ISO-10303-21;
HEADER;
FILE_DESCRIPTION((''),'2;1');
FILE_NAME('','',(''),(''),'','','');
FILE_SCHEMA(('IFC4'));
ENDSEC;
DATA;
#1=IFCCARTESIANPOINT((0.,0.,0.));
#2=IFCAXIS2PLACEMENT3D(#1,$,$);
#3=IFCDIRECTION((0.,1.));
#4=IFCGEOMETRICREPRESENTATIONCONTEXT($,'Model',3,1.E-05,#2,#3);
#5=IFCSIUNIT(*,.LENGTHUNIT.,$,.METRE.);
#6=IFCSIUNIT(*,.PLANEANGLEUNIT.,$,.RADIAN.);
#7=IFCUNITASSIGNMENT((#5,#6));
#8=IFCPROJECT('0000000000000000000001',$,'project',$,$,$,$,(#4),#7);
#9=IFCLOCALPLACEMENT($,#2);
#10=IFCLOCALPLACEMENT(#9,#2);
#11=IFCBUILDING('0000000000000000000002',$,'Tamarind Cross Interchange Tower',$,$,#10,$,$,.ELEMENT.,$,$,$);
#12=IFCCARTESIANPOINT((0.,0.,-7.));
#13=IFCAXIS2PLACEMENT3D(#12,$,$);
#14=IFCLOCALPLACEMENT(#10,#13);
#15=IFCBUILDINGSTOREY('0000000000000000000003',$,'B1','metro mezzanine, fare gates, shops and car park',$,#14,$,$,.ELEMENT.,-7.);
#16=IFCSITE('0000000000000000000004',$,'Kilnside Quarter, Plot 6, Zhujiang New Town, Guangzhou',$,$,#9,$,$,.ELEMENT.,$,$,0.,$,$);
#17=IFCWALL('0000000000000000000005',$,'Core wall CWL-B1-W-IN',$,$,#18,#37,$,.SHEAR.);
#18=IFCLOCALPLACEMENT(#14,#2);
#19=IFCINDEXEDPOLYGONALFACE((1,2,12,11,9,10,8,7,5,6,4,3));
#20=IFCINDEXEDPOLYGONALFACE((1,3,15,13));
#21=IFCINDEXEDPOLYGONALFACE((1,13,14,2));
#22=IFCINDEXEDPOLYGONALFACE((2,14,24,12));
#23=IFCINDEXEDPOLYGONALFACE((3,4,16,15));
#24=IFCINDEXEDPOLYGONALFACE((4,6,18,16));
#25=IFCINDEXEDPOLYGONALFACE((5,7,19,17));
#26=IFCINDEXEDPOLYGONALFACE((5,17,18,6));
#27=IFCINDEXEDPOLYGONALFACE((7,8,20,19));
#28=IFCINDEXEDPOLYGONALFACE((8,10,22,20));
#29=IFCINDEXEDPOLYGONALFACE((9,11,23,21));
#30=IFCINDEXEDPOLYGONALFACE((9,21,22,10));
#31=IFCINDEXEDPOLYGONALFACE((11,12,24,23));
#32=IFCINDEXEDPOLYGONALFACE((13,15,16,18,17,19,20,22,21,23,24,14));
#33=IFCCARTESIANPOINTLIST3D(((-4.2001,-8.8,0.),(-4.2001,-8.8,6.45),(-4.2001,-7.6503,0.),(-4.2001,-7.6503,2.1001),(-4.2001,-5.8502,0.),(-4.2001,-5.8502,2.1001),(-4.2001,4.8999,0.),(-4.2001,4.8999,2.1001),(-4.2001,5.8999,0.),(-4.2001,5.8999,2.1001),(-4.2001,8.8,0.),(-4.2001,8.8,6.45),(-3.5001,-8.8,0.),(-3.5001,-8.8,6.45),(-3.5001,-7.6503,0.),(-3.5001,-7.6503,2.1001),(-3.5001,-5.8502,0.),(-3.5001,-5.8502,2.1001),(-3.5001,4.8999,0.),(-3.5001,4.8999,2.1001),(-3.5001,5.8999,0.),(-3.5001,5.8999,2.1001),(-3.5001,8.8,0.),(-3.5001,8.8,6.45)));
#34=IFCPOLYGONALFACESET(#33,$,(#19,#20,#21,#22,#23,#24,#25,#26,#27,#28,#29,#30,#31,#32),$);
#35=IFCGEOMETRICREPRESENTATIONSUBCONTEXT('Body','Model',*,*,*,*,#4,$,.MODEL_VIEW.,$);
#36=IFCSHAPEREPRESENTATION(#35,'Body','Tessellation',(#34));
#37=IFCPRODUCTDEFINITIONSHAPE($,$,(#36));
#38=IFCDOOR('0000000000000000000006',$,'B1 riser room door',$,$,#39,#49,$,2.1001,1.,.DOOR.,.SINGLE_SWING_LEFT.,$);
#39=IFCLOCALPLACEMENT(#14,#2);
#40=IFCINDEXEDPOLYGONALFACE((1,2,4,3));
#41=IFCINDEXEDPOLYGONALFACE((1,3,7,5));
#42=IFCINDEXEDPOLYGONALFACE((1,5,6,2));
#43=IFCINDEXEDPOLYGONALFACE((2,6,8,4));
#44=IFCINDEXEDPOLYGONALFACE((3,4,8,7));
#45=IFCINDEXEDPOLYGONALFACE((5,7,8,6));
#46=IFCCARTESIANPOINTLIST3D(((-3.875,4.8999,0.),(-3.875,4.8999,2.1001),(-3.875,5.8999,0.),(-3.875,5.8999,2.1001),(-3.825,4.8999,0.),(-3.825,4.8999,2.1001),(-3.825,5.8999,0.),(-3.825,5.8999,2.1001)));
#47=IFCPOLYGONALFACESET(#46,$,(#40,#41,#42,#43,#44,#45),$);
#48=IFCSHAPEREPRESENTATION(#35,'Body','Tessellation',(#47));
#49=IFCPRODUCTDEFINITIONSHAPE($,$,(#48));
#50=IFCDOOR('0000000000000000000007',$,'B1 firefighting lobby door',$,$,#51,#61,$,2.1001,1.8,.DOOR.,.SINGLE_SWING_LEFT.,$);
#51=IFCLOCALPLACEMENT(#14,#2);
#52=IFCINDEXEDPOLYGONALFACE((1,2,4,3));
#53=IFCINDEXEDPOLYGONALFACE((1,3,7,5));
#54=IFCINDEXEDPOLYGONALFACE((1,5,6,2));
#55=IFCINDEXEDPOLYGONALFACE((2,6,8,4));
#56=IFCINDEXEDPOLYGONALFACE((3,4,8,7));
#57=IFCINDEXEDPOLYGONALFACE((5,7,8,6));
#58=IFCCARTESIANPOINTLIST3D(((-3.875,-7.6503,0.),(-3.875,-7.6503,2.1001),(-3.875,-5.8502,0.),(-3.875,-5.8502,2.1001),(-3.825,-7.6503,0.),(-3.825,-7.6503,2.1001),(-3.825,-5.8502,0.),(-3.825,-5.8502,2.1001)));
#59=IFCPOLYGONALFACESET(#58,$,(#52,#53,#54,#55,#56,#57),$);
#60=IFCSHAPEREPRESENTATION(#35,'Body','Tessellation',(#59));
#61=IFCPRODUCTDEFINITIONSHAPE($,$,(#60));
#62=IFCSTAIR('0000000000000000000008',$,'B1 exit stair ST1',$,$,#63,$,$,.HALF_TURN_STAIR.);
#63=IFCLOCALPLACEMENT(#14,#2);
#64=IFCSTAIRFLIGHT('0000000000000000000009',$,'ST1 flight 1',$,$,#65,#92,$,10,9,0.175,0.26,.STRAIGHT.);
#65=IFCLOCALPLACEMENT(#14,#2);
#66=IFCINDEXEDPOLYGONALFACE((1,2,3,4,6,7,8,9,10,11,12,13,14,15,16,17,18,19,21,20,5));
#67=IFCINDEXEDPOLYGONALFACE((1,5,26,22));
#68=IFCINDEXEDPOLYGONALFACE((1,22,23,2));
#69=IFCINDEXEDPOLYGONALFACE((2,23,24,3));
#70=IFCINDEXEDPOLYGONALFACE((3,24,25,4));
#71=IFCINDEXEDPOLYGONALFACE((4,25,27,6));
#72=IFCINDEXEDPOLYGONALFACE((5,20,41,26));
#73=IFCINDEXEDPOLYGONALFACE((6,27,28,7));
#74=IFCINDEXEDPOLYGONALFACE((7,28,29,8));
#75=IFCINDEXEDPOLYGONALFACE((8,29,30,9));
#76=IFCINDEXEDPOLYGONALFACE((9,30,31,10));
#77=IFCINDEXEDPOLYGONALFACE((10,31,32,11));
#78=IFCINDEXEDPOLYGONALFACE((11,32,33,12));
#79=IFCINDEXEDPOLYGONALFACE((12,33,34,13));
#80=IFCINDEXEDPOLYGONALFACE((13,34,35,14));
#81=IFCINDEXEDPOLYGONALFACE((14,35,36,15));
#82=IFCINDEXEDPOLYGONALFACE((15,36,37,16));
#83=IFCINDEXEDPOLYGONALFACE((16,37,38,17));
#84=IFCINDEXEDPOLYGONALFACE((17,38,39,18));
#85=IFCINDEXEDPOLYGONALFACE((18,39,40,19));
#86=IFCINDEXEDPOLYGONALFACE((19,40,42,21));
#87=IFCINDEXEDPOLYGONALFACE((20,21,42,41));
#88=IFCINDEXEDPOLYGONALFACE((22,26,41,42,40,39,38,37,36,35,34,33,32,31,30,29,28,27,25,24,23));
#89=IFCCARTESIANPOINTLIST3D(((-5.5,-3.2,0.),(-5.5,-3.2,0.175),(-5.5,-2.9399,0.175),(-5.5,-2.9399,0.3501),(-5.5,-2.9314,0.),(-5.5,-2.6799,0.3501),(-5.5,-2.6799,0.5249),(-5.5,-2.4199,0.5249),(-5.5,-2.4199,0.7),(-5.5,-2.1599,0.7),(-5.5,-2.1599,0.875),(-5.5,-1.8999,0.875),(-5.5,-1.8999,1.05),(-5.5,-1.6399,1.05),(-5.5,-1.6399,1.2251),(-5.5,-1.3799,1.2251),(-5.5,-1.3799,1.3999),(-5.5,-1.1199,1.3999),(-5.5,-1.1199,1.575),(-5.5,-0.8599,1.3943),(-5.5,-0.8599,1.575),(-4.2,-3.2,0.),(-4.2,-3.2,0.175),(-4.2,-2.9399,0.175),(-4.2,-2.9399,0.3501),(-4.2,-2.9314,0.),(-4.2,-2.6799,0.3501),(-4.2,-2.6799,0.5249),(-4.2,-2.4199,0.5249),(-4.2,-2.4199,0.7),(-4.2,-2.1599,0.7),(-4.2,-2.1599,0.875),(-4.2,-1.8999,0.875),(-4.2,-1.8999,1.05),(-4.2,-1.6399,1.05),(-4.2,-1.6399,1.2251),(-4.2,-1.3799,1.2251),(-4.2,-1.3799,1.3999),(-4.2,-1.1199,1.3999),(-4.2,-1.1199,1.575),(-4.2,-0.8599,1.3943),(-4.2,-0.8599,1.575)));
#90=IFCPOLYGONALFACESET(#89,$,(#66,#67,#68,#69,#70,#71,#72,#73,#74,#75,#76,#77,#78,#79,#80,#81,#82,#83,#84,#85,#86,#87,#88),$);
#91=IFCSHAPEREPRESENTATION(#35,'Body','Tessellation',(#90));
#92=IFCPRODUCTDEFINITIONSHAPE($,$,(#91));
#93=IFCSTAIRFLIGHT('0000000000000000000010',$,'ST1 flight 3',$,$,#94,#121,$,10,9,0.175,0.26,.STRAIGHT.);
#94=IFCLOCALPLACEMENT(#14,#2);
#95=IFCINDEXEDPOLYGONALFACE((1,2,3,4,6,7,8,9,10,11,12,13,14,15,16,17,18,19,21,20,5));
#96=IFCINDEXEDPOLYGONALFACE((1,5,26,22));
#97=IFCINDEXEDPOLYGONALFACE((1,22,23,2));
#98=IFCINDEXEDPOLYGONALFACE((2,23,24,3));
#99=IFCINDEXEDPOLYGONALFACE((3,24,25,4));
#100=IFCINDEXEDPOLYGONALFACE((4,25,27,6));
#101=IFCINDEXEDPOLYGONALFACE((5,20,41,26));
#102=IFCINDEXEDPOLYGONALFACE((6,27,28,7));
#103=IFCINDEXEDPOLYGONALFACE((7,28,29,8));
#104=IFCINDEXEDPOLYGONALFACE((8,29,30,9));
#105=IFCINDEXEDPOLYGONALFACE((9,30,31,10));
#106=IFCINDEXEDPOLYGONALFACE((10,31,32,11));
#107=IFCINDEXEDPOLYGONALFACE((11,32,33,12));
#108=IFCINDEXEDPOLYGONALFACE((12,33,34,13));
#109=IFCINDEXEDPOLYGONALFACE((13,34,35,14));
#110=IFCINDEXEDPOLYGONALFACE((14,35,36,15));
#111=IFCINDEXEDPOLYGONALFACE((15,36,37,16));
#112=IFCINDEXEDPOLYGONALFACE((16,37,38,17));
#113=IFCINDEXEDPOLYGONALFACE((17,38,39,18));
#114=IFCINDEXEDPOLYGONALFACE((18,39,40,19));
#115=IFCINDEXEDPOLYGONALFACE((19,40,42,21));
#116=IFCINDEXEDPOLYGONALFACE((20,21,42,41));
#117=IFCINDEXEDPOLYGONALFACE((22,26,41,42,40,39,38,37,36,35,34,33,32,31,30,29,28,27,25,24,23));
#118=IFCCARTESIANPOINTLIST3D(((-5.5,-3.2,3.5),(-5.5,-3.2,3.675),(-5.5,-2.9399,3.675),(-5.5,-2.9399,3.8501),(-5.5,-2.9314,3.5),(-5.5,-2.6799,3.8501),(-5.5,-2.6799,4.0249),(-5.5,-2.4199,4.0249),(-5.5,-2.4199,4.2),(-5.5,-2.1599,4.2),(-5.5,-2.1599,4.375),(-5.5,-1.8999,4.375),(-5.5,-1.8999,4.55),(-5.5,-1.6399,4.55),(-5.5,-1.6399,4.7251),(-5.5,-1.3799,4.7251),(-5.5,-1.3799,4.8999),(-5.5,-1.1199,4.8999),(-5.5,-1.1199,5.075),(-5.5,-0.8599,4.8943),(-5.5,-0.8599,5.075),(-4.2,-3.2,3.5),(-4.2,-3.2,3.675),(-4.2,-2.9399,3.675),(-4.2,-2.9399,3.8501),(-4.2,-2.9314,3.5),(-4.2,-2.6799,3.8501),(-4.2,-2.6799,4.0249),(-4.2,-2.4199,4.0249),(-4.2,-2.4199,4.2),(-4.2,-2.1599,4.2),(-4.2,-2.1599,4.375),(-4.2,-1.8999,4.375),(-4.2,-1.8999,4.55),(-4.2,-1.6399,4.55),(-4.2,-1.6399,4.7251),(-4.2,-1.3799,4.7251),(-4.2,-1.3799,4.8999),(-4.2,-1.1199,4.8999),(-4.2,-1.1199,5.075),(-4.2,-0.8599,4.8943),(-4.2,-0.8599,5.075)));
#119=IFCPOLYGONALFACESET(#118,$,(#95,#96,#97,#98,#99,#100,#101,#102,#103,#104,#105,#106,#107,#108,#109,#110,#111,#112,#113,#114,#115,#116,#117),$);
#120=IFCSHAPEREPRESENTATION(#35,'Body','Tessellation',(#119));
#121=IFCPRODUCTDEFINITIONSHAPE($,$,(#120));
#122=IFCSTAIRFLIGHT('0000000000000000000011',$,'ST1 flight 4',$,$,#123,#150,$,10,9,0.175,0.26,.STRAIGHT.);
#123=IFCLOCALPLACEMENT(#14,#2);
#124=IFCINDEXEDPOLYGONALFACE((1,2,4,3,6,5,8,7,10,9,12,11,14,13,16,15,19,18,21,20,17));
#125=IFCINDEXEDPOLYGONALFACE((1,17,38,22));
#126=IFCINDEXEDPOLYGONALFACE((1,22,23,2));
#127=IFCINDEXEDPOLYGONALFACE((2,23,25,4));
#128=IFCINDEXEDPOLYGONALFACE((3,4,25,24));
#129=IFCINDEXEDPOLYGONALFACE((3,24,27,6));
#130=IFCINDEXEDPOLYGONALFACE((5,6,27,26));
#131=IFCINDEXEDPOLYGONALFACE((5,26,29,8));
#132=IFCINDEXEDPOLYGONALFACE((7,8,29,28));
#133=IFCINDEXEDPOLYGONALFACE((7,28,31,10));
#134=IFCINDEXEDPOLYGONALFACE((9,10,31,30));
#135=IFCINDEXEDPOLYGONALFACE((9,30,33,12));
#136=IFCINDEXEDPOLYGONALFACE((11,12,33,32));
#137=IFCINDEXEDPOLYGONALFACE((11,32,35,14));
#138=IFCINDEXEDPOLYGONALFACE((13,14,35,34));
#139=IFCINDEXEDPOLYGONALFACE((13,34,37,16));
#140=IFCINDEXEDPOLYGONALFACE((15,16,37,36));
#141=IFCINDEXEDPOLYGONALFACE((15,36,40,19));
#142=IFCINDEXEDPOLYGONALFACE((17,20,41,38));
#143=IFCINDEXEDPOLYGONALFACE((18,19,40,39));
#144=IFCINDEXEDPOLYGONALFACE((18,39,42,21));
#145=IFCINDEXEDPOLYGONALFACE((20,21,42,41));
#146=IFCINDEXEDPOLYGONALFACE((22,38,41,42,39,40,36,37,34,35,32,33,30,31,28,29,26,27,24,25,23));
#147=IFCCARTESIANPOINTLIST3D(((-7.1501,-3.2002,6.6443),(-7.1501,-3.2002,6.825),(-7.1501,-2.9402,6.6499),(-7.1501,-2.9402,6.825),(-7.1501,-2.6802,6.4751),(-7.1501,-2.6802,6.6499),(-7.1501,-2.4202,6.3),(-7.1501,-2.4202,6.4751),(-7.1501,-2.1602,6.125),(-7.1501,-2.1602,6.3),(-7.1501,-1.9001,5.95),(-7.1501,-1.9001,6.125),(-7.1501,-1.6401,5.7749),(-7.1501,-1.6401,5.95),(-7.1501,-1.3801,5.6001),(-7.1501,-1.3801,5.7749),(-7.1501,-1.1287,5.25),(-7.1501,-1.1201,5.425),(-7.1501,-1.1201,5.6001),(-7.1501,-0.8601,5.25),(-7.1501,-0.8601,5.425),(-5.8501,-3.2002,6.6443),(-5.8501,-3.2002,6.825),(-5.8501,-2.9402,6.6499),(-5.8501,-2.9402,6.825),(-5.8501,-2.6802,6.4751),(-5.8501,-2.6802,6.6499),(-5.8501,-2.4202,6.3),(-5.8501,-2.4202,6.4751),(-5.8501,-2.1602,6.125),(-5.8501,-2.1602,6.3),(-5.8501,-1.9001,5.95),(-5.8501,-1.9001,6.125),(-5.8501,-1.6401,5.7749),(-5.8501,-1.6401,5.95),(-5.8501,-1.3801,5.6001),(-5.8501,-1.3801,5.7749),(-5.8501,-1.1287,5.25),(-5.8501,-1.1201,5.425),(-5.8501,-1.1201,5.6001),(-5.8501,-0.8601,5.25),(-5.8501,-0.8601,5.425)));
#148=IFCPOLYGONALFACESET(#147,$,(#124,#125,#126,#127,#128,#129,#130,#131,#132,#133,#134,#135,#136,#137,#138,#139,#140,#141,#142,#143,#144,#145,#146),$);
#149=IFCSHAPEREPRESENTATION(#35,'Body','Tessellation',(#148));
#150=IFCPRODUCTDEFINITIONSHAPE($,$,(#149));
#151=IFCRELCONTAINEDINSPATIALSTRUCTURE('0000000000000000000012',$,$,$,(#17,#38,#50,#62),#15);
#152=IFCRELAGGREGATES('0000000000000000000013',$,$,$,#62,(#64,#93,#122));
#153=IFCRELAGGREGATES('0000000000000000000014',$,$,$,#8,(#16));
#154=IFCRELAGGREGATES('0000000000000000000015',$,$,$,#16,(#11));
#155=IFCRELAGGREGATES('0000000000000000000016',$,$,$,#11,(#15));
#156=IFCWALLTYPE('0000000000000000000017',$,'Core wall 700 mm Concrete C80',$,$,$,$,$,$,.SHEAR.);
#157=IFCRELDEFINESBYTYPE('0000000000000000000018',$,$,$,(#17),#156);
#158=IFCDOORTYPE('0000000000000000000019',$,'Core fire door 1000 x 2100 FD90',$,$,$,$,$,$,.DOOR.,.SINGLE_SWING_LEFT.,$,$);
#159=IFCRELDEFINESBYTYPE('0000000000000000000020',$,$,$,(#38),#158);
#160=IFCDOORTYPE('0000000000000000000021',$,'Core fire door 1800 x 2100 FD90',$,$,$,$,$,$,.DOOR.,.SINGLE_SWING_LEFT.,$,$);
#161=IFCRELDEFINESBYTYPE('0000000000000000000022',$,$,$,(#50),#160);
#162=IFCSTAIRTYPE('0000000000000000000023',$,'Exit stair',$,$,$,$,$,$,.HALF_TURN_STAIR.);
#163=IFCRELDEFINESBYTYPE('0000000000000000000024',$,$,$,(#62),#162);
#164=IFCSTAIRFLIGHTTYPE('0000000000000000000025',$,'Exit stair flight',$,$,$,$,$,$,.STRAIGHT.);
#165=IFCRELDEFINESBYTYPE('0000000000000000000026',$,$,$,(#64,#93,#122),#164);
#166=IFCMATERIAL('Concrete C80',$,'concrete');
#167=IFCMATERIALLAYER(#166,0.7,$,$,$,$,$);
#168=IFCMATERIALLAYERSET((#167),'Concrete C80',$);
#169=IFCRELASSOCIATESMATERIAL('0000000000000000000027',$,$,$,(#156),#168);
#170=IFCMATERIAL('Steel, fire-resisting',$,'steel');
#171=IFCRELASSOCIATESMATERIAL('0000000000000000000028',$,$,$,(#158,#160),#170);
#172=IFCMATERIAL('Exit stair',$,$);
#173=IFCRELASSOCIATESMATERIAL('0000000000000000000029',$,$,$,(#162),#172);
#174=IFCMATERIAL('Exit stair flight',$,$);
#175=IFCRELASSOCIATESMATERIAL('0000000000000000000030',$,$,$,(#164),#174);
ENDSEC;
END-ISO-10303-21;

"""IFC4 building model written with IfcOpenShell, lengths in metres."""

from ifc_helpers import new_model, si_unit, direction, frame, frame_2d, origin, place, context, subcontext, project, spatial, polyline, rectangle, outline, extrude, material, layer, layer_set, type_object, element, fill, aggregate, save


model = new_model("IFC4")

# Units and contexts
model_context = context("Model", 3, precision=1e-05, world=origin(), true_north=direction((0.0, 1.0)))
body_context = subcontext(model_context, "Body", "Model", "MODEL_VIEW")
ifc_project = project(units=[si_unit("LENGTHUNIT", "METRE"), si_unit("PLANEANGLEUNIT", "RADIAN")], contexts=[model_context])

# Site, building, storey
site_placement = place(None, origin())
site = spatial("IfcSite", under=ifc_project, at=site_placement, Name="Kilnside Quarter, Plot 6, Zhujiang New Town, Guangzhou", CompositionType="ELEMENT", RefElevation=0.0)
building_placement = place(site_placement, origin())
building = spatial("IfcBuilding", under=site, at=building_placement, Name="Tamarind Cross Interchange Tower", CompositionType="ELEMENT")
storey_placement = place(building_placement, frame((0.0, 0.0, -7.0)))
storey = spatial("IfcBuildingStorey", under=building, at=storey_placement, Name="B1", Description="metro mezzanine, fare gates, shops and car park", CompositionType="ELEMENT", Elevation=-7.0)

# Wall, openings, doors
ifc_material_1 = material(Name="Concrete C80", Category="concrete")
ifc_layer = layer(ifc_material_1, 0.7)
ifc_layer_set = layer_set([ifc_layer], Name="Concrete C80")
wall_type = type_object("IfcWallType", Name="Core wall 700 mm Concrete C80", PredefinedType="SHEAR", material=ifc_layer_set)
wall_placement = place(storey_placement, frame((-3.8501, -8.8, 0.0), z_axis=(0.0, 0.0, 1.0), x_axis=(0.0, 1.0, 0.0)))
wall = element("IfcWall", 1, at=wall_placement, inside=storey, type_object=wall_type, Name="Core wall CWL-B1-W-IN", PredefinedType="SHEAR", context=body_context, shape_type="SweptSolid", body=[
    extrude(rectangle(XDim=17.6001, YDim=0.7, at=frame_2d((8.8, 0.0))), origin(), (0.0, 0.0, 1.0), 6.45),
])
opening_1_placement = place(wall_placement, frame((1.1499, 0.0, 0.0)))
opening_1 = element("IfcOpeningElement", 2, at=opening_1_placement, cuts=wall, PredefinedType="OPENING", context=body_context, shape_type="SweptSolid", body=[
    extrude(rectangle(XDim=1.8, YDim=2.1001, at=frame_2d((0.8999, 1.05))), frame((0.0, 0.3599, 0.0), z_axis=(0.0, -1.0, 0.0), x_axis=(1.0, 0.0, 0.0)), (0.0, 0.0, 1.0), 0.72),
])
opening_2_placement = place(wall_placement, frame((13.7, 0.0, 0.0)))
opening_2 = element("IfcOpeningElement", 3, at=opening_2_placement, cuts=wall, PredefinedType="OPENING", context=body_context, shape_type="SweptSolid", body=[
    extrude(rectangle(XDim=1.0, YDim=2.1001, at=frame_2d((0.5, 1.05))), frame((0.0, 0.3599, 0.0), z_axis=(0.0, -1.0, 0.0), x_axis=(1.0, 0.0, 0.0)), (0.0, 0.0, 1.0), 0.72),
])
ifc_material_2 = material(Name="Steel, fire-resisting", Category="steel")
door_type_1 = type_object("IfcDoorType", Name="Core fire door 1000 x 2100 FD90", OperationType="SINGLE_SWING_LEFT", PredefinedType="DOOR", material=ifc_material_2)
door_1_placement = place(opening_2_placement, origin())
door_1 = element("IfcDoor", 4, at=door_1_placement, inside=storey, type_object=door_type_1, Name="B1 riser room door", OperationType="SINGLE_SWING_LEFT", OverallHeight=2.1001, OverallWidth=1.0, PredefinedType="DOOR", context=body_context, shape_type="SweptSolid", body=[
    extrude(rectangle(XDim=1.0, YDim=2.1001, at=frame_2d((0.5, 1.05))), frame((0.0, 0.0249, 0.0), z_axis=(0.0, -1.0, 0.0), x_axis=(1.0, 0.0, 0.0)), (0.0, 0.0, 1.0), 0.05),
])
fill(opening_2, door_1)
door_type_2 = type_object("IfcDoorType", Name="Core fire door 1800 x 2100 FD90", OperationType="SINGLE_SWING_LEFT", PredefinedType="DOOR", material=ifc_material_2)
door_2_placement = place(opening_1_placement, origin())
door_2 = element("IfcDoor", 5, at=door_2_placement, inside=storey, type_object=door_type_2, Name="B1 firefighting lobby door", OperationType="SINGLE_SWING_LEFT", OverallHeight=2.1001, OverallWidth=1.8, PredefinedType="DOOR", context=body_context, shape_type="SweptSolid", body=[
    extrude(rectangle(XDim=1.8, YDim=2.1001, at=frame_2d((0.8999, 1.05))), frame((0.0, 0.0249, 0.0), z_axis=(0.0, -1.0, 0.0), x_axis=(1.0, 0.0, 0.0)), (0.0, 0.0, 1.0), 0.05),
])
fill(opening_1, door_2)

# Stair, stair flights
ifc_material_3 = material(Name="Exit stair")
stair_type = type_object("IfcStairType", Name="Exit stair", PredefinedType="HALF_TURN_STAIR", material=ifc_material_3)
stair_placement = place(storey_placement, origin())
stair = element("IfcStair", 6, at=stair_placement, inside=storey, type_object=stair_type, Name="B1 exit stair ST1", PredefinedType="HALF_TURN_STAIR")
ifc_material_4 = material(Name="Exit stair flight")
stair_flight_type = type_object("IfcStairFlightType", Name="Exit stair flight", PredefinedType="STRAIGHT", material=ifc_material_4)
stair_flight_1_placement = place(storey_placement, frame((-4.8501, -3.2, 0.0), z_axis=(0.0, 0.0, 1.0), x_axis=(0.0, 1.0, 0.0)))
stair_flight_1 = element("IfcStairFlight", 7, at=stair_flight_1_placement, type_object=stair_flight_type, Name="ST1 flight 1", NumberOfRisers=10, NumberOfTreads=9, PredefinedType="STRAIGHT", RiserHeight=0.175, TreadLength=0.26, context=body_context, shape_type="SweptSolid", body=[
    extrude(outline(polyline([(0.0, 0.0), (0.0, 0.175), (0.26, 0.175), (0.26, 0.3501), (0.52, 0.3501), (0.52, 0.5249), (0.78, 0.5249), (0.78, 0.7), (1.04, 0.7), (1.04, 0.875), (1.3, 0.875), (1.3, 1.05), (1.5601, 1.05), (1.5601, 1.2251), (1.8201, 1.2251), (1.8201, 1.3999), (2.0801, 1.3999), (2.0801, 1.575), (2.3401, 1.575), (2.3401, 1.75), (2.3401, 1.3943), (0.2686, 0.0), (0.0, 0.0)])), frame((0.0, 0.6499, 0.0), z_axis=(0.0, -1.0, 0.0), x_axis=(1.0, 0.0, 0.0)), (0.0, 0.0, 1.0), 1.3),
])
stair_flight_2_placement = place(storey_placement, frame((-4.8501, -3.2, 3.5), z_axis=(0.0, 0.0, 1.0), x_axis=(0.0, 1.0, 0.0)))
stair_flight_2 = element("IfcStairFlight", 8, at=stair_flight_2_placement, type_object=stair_flight_type, Name="ST1 flight 3", NumberOfRisers=10, NumberOfTreads=9, PredefinedType="STRAIGHT", RiserHeight=0.175, TreadLength=0.26, context=body_context, shape_type="SweptSolid", body=[
    extrude(outline(polyline([(0.0, 0.0), (0.0, 0.175), (0.26, 0.175), (0.26, 0.3501), (0.52, 0.3501), (0.52, 0.5249), (0.78, 0.5249), (0.78, 0.7), (1.04, 0.7), (1.04, 0.875), (1.3, 0.875), (1.3, 1.05), (1.5601, 1.05), (1.5601, 1.2251), (1.8201, 1.2251), (1.8201, 1.3999), (2.0801, 1.3999), (2.0801, 1.575), (2.3401, 1.575), (2.3401, 1.75), (2.3401, 1.3943), (0.2686, 0.0), (0.0, 0.0)])), frame((0.0, 0.6499, 0.0), z_axis=(0.0, -1.0, 0.0), x_axis=(1.0, 0.0, 0.0)), (0.0, 0.0, 1.0), 1.3),
])
stair_flight_3_placement = place(storey_placement, frame((-6.5, -0.8601, 5.25), z_axis=(0.0, 0.0, 1.0), x_axis=(0.0, -1.0, 0.0)))
stair_flight_3 = element("IfcStairFlight", 9, at=stair_flight_3_placement, type_object=stair_flight_type, Name="ST1 flight 4", NumberOfRisers=10, NumberOfTreads=9, PredefinedType="STRAIGHT", RiserHeight=0.175, TreadLength=0.26, context=body_context, shape_type="SweptSolid", body=[
    extrude(outline(polyline([(0.0, 0.0), (0.0, 0.175), (0.26, 0.175), (0.26, 0.3501), (0.52, 0.3501), (0.52, 0.5249), (0.78, 0.5249), (0.78, 0.7), (1.04, 0.7), (1.04, 0.875), (1.3, 0.875), (1.3, 1.05), (1.5601, 1.05), (1.5601, 1.2251), (1.8201, 1.2251), (1.8201, 1.3999), (2.0801, 1.3999), (2.0801, 1.575), (2.3401, 1.575), (2.3401, 1.75), (2.3401, 1.3943), (0.2686, 0.0), (0.0, 0.0)])), frame((0.0, 0.6499, 0.0), z_axis=(0.0, -1.0, 0.0), x_axis=(1.0, 0.0, 0.0)), (0.0, 0.0, 1.0), 1.3),
])
aggregate(stair, [stair_flight_1, stair_flight_2, stair_flight_3])

save(model, "model.ifc")
